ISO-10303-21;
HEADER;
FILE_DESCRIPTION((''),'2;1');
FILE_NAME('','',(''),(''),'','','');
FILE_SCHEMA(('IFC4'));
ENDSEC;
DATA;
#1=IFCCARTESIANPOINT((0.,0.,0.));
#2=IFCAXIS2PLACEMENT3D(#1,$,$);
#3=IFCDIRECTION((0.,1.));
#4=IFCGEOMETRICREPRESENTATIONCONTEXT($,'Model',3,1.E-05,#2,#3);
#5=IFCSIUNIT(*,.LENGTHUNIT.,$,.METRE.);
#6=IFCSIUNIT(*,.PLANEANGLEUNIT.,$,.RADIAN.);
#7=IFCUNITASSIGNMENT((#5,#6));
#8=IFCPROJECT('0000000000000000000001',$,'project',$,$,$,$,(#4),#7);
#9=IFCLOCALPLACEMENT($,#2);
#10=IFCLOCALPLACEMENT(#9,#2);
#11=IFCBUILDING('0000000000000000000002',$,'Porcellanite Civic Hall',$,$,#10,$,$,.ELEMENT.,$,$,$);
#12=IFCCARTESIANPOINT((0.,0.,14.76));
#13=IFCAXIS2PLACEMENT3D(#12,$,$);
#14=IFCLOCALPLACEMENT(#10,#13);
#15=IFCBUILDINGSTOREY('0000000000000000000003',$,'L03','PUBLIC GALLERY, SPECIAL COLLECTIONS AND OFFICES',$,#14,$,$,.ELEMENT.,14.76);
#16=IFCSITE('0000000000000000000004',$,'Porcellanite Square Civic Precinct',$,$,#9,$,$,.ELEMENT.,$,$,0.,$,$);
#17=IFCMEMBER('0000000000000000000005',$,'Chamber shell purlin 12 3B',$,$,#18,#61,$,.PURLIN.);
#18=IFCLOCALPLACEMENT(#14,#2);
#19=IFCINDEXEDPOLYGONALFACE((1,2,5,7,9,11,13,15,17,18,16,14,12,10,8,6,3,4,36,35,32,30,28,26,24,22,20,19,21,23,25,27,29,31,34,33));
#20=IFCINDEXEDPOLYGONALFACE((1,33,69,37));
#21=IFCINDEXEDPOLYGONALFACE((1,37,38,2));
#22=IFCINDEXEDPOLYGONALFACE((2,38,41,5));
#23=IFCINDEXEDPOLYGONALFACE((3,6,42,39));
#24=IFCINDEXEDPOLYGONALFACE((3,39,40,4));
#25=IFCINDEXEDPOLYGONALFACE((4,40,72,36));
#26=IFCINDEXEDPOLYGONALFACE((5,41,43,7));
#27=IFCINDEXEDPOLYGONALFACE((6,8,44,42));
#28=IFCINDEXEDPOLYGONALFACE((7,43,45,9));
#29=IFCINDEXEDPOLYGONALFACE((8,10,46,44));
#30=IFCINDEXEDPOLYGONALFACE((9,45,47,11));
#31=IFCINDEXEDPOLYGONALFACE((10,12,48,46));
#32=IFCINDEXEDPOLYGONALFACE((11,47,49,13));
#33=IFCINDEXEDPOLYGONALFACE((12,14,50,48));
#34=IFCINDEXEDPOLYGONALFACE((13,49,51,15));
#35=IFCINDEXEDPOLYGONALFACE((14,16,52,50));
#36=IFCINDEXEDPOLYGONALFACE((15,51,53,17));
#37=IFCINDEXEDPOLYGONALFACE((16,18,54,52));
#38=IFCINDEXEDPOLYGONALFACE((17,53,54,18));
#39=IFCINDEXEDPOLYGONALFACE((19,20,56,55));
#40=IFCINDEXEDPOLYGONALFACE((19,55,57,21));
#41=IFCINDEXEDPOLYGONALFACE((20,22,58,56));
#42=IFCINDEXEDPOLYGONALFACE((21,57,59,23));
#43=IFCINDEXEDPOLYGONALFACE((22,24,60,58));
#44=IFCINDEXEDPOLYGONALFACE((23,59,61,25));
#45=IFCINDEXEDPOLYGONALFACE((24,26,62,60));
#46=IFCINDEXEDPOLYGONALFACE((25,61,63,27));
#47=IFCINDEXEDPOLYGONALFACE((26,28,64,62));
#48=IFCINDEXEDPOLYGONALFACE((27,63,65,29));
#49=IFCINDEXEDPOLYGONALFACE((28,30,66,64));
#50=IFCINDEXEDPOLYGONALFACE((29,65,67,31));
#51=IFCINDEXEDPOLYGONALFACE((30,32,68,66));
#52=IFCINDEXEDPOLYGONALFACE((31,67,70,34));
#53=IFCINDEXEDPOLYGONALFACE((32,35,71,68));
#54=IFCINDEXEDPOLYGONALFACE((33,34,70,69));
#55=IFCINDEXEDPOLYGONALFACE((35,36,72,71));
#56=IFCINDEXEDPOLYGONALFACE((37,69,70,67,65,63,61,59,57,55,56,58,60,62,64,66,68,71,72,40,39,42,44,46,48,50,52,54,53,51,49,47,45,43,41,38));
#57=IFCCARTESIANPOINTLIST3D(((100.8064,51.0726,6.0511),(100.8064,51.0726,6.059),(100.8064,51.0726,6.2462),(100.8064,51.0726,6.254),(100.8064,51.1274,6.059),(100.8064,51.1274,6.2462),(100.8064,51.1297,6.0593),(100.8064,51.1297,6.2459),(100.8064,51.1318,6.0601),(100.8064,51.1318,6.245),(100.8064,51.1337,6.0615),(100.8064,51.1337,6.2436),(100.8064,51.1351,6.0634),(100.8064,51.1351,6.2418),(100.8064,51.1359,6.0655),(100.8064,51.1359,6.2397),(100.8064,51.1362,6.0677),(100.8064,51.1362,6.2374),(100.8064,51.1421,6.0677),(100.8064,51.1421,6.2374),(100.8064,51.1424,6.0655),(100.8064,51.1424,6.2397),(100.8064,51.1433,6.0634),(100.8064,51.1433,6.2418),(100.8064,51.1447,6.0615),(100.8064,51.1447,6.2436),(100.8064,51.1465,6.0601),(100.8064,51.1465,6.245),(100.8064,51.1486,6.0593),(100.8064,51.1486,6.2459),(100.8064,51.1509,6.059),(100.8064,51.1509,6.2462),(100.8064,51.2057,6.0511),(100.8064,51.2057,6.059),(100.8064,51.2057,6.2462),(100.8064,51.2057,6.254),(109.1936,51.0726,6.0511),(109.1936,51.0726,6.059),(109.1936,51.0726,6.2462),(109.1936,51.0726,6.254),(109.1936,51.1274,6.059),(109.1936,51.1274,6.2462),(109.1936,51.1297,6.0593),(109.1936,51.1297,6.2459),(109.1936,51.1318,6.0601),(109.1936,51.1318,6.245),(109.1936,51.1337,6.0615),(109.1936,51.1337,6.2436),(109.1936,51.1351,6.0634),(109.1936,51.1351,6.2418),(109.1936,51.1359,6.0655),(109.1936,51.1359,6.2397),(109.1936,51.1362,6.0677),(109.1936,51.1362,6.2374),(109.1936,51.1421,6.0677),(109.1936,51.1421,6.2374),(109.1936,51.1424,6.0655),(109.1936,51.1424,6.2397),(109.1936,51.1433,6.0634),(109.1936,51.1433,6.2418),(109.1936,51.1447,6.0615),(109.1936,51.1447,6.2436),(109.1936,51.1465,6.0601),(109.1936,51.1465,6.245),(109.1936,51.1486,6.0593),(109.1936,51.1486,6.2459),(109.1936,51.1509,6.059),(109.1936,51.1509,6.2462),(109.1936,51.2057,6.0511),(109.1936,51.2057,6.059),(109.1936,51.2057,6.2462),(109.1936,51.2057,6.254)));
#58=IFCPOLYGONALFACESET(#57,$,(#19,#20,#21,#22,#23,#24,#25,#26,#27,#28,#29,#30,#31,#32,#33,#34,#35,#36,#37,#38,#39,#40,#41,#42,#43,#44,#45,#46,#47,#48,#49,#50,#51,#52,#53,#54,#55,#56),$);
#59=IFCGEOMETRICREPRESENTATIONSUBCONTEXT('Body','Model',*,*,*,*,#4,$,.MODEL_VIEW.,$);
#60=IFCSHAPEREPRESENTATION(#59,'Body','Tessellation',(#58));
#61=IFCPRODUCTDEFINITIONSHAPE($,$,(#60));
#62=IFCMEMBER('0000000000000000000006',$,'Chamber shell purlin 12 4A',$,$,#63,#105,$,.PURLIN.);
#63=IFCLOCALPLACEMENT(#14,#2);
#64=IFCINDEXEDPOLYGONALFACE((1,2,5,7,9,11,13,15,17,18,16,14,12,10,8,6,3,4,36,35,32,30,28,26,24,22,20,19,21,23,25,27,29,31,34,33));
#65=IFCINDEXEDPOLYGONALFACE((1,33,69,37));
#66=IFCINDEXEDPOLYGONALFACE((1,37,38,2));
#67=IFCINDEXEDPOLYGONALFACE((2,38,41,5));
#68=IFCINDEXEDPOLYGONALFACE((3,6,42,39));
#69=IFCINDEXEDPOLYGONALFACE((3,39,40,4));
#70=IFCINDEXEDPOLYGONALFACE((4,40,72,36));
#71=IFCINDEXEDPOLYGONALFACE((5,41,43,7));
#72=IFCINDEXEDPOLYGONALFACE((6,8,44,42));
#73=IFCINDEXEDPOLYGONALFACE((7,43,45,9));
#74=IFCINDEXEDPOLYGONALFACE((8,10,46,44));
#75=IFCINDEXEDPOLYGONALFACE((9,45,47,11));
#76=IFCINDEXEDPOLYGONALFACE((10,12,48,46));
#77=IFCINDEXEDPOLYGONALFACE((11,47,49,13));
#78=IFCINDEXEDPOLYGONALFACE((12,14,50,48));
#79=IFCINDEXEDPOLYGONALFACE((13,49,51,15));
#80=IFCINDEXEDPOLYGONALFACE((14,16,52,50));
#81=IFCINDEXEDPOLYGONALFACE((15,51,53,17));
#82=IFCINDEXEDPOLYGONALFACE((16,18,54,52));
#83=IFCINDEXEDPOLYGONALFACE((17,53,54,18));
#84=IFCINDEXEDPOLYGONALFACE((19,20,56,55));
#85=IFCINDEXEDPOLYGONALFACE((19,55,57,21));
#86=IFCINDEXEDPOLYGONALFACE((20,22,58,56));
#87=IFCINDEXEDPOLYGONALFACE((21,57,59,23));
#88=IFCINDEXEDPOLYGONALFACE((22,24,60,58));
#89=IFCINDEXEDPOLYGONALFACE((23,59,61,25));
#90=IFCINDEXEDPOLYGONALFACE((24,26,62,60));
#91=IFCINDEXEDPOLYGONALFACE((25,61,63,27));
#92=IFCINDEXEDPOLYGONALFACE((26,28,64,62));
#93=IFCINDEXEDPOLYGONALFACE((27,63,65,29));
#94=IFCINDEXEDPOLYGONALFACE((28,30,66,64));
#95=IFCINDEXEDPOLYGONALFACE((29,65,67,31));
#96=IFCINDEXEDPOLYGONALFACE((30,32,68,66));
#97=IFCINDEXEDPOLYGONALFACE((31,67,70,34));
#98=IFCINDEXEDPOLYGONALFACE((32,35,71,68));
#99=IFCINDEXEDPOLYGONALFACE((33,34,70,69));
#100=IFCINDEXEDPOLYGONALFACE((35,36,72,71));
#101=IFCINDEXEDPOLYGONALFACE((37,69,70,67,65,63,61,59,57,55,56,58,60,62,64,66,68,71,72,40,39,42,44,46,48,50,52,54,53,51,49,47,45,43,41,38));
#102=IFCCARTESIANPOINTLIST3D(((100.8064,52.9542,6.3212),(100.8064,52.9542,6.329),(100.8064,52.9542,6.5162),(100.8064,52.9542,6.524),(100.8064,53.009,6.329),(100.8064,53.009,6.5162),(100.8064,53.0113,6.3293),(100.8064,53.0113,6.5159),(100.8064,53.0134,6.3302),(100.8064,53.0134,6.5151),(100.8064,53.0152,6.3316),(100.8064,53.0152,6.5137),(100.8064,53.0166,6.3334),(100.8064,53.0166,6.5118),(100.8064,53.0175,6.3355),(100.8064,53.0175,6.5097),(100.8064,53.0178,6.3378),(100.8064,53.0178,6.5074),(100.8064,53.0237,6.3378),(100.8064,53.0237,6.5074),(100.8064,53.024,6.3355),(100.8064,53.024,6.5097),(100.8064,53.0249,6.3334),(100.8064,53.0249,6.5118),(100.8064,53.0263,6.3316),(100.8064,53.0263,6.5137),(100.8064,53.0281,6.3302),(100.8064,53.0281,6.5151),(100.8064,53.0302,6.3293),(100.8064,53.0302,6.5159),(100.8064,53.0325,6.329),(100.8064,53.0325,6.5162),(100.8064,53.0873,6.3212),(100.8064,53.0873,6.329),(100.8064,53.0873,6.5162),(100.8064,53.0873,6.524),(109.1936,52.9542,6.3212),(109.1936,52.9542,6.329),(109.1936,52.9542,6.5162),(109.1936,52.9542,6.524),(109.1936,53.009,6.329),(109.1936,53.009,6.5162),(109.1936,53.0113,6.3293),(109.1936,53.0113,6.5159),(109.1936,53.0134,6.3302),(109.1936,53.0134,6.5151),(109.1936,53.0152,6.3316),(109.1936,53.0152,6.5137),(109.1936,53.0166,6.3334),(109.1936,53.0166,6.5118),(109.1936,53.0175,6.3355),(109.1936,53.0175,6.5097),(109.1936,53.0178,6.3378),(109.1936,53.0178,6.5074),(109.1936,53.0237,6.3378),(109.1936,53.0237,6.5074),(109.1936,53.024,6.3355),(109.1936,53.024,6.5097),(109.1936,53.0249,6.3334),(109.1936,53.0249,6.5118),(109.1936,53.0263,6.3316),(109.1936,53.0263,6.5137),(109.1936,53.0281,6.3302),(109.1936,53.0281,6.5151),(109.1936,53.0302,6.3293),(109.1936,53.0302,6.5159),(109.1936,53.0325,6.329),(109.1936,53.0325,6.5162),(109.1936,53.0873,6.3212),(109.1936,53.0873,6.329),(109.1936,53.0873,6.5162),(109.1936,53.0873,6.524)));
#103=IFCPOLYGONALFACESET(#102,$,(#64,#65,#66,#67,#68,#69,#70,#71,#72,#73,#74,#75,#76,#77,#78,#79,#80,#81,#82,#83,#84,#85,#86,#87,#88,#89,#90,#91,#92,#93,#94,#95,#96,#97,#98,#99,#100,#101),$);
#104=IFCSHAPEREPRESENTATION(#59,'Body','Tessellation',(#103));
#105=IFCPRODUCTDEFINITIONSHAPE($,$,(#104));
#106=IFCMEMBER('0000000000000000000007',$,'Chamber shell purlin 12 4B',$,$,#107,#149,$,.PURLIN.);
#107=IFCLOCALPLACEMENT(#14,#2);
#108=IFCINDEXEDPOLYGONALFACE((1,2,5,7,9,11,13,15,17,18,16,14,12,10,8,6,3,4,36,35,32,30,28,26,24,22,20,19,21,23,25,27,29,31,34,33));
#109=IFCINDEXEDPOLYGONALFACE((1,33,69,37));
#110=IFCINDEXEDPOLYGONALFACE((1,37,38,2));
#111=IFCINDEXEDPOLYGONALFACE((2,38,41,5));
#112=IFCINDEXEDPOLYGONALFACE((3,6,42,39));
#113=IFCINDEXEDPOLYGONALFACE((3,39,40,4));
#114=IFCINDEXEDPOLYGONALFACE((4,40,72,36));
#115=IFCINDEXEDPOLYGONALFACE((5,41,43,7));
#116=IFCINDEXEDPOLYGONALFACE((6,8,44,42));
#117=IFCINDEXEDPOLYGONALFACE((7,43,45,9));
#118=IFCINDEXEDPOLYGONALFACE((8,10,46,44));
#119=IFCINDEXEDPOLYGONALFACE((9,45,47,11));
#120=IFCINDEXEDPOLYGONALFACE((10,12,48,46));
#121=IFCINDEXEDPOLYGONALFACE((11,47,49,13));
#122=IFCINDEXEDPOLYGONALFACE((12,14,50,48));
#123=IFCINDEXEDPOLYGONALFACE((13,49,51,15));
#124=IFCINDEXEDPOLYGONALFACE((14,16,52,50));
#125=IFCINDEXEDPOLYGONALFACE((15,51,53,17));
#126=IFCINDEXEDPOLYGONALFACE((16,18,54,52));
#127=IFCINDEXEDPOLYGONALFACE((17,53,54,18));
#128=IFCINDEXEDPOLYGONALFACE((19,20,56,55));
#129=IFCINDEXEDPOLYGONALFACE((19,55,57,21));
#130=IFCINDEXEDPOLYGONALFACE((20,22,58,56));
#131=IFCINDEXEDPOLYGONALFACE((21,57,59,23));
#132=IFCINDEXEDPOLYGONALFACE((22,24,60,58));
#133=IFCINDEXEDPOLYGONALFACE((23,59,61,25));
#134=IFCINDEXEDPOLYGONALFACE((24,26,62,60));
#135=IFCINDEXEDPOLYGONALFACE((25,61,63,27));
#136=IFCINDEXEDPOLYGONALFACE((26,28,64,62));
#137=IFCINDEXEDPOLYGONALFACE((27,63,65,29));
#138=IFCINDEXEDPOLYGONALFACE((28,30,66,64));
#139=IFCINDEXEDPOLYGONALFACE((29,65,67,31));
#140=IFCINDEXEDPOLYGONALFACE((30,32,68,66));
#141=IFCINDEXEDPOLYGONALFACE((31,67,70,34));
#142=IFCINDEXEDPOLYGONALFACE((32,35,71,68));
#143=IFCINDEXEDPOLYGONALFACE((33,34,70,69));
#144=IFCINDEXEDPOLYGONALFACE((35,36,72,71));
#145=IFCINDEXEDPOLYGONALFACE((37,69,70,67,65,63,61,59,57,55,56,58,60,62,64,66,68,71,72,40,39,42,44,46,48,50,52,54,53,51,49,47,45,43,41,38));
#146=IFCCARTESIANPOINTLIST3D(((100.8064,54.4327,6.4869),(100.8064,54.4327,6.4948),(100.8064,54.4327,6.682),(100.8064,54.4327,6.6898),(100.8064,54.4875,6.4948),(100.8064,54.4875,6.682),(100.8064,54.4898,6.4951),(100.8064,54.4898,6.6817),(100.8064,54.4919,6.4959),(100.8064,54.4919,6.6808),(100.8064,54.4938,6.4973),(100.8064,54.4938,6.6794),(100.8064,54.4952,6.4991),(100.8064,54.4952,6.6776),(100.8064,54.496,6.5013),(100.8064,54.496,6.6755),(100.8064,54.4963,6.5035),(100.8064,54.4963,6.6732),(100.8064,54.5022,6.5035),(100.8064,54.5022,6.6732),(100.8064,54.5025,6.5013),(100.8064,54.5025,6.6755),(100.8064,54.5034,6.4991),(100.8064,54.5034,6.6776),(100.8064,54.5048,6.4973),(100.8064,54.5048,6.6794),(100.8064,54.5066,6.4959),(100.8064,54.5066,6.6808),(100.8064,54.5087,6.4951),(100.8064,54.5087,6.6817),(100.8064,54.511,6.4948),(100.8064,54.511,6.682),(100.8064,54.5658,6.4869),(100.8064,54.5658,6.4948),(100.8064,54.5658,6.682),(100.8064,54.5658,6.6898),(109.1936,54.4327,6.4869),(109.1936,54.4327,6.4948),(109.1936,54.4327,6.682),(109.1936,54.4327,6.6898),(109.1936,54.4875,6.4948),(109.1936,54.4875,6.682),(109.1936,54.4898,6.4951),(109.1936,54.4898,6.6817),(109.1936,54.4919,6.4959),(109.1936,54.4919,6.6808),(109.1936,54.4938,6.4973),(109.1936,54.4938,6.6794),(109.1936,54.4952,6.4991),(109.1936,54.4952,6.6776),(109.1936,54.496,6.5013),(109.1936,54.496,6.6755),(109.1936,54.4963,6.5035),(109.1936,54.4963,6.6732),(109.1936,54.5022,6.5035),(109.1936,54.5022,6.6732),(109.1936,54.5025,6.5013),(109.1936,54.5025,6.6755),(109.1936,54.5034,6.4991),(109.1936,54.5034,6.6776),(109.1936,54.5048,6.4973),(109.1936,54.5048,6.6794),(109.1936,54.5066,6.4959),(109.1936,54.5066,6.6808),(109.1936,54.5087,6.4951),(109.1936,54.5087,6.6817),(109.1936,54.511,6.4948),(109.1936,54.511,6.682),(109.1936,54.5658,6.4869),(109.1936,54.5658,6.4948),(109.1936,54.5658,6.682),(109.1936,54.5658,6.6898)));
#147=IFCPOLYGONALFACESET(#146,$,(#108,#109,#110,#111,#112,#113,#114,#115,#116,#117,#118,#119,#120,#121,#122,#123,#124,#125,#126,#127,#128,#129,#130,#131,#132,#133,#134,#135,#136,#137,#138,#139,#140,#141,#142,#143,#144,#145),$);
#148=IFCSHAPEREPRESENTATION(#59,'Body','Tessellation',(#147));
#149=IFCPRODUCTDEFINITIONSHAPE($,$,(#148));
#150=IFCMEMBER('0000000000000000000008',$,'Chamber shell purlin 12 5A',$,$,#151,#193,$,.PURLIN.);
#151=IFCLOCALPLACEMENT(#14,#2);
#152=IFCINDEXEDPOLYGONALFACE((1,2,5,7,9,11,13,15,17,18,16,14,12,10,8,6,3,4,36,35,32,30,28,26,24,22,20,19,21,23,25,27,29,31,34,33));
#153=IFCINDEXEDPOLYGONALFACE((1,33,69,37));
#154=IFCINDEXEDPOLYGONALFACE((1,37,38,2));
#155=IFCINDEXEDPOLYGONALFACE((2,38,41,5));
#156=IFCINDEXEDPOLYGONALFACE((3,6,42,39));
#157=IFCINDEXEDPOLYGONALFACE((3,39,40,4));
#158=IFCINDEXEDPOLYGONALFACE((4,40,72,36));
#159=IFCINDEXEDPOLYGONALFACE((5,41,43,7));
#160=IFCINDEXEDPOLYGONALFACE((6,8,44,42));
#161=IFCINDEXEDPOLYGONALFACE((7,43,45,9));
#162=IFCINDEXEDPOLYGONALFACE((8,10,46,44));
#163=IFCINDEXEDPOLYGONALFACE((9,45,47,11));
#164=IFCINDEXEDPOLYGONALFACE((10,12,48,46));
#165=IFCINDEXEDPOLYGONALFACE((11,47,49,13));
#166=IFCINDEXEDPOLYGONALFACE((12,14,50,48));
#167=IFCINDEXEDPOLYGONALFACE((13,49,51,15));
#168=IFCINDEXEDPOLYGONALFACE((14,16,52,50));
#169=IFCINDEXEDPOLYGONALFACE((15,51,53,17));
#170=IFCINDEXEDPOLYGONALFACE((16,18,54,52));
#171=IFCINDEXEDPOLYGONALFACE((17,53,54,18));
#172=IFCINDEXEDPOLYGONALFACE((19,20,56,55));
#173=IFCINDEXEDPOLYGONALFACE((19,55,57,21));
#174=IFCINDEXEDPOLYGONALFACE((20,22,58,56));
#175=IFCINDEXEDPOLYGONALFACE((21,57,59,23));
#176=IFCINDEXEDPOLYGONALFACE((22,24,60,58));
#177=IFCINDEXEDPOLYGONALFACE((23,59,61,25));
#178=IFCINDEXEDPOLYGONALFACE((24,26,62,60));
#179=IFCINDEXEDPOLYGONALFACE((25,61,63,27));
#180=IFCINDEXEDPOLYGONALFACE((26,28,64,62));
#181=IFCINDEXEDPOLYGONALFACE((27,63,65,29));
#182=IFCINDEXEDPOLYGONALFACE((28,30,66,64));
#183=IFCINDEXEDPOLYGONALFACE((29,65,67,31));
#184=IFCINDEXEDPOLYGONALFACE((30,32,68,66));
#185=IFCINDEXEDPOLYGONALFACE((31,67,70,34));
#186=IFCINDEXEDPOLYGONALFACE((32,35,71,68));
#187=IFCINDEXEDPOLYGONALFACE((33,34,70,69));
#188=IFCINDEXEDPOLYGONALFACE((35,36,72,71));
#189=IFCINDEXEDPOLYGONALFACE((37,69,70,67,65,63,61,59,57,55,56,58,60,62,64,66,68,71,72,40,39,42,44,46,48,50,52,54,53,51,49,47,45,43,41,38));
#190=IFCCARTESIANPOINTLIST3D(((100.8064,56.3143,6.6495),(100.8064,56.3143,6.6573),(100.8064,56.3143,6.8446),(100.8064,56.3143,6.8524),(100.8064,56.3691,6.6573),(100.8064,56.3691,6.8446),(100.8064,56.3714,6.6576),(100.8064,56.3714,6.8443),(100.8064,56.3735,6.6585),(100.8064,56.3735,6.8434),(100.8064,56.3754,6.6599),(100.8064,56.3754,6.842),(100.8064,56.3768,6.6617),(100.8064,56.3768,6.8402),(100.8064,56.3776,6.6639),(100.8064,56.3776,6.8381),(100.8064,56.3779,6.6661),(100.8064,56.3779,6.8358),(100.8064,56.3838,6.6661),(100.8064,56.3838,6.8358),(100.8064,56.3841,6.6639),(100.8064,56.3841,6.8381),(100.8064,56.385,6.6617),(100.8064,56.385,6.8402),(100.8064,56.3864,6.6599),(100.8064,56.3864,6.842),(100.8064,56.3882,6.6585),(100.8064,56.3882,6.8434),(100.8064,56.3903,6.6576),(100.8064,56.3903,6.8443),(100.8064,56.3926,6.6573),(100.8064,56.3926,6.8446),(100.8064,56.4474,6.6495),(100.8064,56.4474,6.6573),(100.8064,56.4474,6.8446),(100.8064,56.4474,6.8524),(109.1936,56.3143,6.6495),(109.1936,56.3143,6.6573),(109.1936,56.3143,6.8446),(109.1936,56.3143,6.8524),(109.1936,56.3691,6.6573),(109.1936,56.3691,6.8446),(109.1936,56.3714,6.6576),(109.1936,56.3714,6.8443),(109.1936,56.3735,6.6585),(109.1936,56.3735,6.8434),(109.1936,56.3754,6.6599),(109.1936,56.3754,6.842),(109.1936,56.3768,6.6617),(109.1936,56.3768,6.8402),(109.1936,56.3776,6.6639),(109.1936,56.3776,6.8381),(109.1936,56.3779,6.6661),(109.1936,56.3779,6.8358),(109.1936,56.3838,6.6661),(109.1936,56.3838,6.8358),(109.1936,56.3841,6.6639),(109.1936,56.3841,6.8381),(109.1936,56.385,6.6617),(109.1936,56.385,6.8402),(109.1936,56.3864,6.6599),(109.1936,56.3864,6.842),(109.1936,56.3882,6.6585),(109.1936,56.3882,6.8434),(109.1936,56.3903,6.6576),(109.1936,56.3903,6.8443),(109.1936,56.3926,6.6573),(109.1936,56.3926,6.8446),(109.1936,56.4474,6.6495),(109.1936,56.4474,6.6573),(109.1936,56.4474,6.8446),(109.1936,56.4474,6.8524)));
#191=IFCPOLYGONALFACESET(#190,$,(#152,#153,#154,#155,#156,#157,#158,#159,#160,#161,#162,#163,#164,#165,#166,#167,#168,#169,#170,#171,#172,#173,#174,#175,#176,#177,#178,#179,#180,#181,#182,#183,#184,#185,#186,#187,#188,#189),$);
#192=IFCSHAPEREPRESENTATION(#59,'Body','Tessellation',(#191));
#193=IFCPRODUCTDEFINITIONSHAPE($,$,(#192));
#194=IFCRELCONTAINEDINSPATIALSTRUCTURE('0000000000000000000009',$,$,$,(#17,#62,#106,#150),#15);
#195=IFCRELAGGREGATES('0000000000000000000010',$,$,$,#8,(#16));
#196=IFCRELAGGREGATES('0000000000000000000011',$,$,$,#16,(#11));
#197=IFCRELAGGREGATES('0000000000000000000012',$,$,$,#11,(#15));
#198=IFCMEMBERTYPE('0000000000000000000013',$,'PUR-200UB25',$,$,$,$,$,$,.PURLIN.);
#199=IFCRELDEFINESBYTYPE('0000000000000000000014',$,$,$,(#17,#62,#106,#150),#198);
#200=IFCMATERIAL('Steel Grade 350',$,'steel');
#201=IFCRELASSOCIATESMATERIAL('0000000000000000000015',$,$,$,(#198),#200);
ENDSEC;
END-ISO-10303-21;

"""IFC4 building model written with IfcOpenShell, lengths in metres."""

from ifc_helpers import new_model, si_unit, direction, frame, origin, origin_2d, place, context, subcontext, project, spatial, i_section, extrude, material, material_profile, profile_set, type_object, element, save


model = new_model("IFC4")

# Units and contexts
model_context = context("Model", 3, precision=1e-05, world=origin(), true_north=direction((0.0, 1.0)))
body_context = subcontext(model_context, "Body", "Model", "MODEL_VIEW")
ifc_project = project(units=[si_unit("LENGTHUNIT", "METRE"), si_unit("PLANEANGLEUNIT", "RADIAN")], contexts=[model_context])

# Site, building, storey
site_placement = place(None, origin())
site = spatial("IfcSite", under=ifc_project, at=site_placement, Name="Porcellanite Square Civic Precinct", CompositionType="ELEMENT", RefElevation=0.0)
building_placement = place(site_placement, origin())
building = spatial("IfcBuilding", under=site, at=building_placement, Name="Porcellanite Civic Hall", CompositionType="ELEMENT")
storey_placement = place(building_placement, frame((0.0, 0.0, 14.76)))
storey = spatial("IfcBuildingStorey", under=building, at=storey_placement, Name="L03", Description="PUBLIC GALLERY, SPECIAL COLLECTIONS AND OFFICES", CompositionType="ELEMENT", Elevation=14.76)

# Members
ifc_material_1 = material(Name="Steel Grade 350", Category="steel")
ifc_material_profile_1 = material_profile(ifc_material_1, i_section(OverallWidth=0.1331, OverallDepth=0.2029, WebThickness=0.0059, FlangeThickness=0.0078, FilletRadius=0.0088, at=origin_2d()), Name="200UB25.4")
ifc_profile_set_1 = profile_set([ifc_material_profile_1], Name="Steel Grade 350")
member_type_1 = type_object("IfcMemberType", Name="PUR-200UB25", PredefinedType="PURLIN", material=ifc_profile_set_1)
for number, where, z_axis, x_axis, name in (
    (1, (100.8064, 51.1392, 6.1526), (1.0, 0.0, 0.0), (0.0, 1.0, 0.0), "Chamber shell purlin 12 3B"),
    (2, (100.8064, 53.0208, 6.4226), (1.0, 0.0, 0.0), (0.0, 1.0, 0.0), "Chamber shell purlin 12 4A"),
    (3, (100.8064, 54.4993, 6.5884), (1.0, 0.0, 0.0), (0.0, 1.0, 0.0), "Chamber shell purlin 12 4B"),
    (4, (100.8064, 56.3809, 6.751), (1.0, 0.0, 0.0), (0.0, 1.0, 0.0), "Chamber shell purlin 12 5A"),
):
    element("IfcMember", number, at=place(storey_placement, frame(where, z_axis=z_axis, x_axis=x_axis)), inside=storey, type_object=member_type_1, Name=name, PredefinedType="PURLIN", context=body_context, shape_type="SweptSolid", body=[
        extrude(i_section(OverallWidth=0.1331, OverallDepth=0.2029, WebThickness=0.0059, FlangeThickness=0.0078, FilletRadius=0.0088, at=origin_2d()), origin(), (0.0, 0.0, 1.0), 8.3872),
    ])

save(model, "model.ifc")
